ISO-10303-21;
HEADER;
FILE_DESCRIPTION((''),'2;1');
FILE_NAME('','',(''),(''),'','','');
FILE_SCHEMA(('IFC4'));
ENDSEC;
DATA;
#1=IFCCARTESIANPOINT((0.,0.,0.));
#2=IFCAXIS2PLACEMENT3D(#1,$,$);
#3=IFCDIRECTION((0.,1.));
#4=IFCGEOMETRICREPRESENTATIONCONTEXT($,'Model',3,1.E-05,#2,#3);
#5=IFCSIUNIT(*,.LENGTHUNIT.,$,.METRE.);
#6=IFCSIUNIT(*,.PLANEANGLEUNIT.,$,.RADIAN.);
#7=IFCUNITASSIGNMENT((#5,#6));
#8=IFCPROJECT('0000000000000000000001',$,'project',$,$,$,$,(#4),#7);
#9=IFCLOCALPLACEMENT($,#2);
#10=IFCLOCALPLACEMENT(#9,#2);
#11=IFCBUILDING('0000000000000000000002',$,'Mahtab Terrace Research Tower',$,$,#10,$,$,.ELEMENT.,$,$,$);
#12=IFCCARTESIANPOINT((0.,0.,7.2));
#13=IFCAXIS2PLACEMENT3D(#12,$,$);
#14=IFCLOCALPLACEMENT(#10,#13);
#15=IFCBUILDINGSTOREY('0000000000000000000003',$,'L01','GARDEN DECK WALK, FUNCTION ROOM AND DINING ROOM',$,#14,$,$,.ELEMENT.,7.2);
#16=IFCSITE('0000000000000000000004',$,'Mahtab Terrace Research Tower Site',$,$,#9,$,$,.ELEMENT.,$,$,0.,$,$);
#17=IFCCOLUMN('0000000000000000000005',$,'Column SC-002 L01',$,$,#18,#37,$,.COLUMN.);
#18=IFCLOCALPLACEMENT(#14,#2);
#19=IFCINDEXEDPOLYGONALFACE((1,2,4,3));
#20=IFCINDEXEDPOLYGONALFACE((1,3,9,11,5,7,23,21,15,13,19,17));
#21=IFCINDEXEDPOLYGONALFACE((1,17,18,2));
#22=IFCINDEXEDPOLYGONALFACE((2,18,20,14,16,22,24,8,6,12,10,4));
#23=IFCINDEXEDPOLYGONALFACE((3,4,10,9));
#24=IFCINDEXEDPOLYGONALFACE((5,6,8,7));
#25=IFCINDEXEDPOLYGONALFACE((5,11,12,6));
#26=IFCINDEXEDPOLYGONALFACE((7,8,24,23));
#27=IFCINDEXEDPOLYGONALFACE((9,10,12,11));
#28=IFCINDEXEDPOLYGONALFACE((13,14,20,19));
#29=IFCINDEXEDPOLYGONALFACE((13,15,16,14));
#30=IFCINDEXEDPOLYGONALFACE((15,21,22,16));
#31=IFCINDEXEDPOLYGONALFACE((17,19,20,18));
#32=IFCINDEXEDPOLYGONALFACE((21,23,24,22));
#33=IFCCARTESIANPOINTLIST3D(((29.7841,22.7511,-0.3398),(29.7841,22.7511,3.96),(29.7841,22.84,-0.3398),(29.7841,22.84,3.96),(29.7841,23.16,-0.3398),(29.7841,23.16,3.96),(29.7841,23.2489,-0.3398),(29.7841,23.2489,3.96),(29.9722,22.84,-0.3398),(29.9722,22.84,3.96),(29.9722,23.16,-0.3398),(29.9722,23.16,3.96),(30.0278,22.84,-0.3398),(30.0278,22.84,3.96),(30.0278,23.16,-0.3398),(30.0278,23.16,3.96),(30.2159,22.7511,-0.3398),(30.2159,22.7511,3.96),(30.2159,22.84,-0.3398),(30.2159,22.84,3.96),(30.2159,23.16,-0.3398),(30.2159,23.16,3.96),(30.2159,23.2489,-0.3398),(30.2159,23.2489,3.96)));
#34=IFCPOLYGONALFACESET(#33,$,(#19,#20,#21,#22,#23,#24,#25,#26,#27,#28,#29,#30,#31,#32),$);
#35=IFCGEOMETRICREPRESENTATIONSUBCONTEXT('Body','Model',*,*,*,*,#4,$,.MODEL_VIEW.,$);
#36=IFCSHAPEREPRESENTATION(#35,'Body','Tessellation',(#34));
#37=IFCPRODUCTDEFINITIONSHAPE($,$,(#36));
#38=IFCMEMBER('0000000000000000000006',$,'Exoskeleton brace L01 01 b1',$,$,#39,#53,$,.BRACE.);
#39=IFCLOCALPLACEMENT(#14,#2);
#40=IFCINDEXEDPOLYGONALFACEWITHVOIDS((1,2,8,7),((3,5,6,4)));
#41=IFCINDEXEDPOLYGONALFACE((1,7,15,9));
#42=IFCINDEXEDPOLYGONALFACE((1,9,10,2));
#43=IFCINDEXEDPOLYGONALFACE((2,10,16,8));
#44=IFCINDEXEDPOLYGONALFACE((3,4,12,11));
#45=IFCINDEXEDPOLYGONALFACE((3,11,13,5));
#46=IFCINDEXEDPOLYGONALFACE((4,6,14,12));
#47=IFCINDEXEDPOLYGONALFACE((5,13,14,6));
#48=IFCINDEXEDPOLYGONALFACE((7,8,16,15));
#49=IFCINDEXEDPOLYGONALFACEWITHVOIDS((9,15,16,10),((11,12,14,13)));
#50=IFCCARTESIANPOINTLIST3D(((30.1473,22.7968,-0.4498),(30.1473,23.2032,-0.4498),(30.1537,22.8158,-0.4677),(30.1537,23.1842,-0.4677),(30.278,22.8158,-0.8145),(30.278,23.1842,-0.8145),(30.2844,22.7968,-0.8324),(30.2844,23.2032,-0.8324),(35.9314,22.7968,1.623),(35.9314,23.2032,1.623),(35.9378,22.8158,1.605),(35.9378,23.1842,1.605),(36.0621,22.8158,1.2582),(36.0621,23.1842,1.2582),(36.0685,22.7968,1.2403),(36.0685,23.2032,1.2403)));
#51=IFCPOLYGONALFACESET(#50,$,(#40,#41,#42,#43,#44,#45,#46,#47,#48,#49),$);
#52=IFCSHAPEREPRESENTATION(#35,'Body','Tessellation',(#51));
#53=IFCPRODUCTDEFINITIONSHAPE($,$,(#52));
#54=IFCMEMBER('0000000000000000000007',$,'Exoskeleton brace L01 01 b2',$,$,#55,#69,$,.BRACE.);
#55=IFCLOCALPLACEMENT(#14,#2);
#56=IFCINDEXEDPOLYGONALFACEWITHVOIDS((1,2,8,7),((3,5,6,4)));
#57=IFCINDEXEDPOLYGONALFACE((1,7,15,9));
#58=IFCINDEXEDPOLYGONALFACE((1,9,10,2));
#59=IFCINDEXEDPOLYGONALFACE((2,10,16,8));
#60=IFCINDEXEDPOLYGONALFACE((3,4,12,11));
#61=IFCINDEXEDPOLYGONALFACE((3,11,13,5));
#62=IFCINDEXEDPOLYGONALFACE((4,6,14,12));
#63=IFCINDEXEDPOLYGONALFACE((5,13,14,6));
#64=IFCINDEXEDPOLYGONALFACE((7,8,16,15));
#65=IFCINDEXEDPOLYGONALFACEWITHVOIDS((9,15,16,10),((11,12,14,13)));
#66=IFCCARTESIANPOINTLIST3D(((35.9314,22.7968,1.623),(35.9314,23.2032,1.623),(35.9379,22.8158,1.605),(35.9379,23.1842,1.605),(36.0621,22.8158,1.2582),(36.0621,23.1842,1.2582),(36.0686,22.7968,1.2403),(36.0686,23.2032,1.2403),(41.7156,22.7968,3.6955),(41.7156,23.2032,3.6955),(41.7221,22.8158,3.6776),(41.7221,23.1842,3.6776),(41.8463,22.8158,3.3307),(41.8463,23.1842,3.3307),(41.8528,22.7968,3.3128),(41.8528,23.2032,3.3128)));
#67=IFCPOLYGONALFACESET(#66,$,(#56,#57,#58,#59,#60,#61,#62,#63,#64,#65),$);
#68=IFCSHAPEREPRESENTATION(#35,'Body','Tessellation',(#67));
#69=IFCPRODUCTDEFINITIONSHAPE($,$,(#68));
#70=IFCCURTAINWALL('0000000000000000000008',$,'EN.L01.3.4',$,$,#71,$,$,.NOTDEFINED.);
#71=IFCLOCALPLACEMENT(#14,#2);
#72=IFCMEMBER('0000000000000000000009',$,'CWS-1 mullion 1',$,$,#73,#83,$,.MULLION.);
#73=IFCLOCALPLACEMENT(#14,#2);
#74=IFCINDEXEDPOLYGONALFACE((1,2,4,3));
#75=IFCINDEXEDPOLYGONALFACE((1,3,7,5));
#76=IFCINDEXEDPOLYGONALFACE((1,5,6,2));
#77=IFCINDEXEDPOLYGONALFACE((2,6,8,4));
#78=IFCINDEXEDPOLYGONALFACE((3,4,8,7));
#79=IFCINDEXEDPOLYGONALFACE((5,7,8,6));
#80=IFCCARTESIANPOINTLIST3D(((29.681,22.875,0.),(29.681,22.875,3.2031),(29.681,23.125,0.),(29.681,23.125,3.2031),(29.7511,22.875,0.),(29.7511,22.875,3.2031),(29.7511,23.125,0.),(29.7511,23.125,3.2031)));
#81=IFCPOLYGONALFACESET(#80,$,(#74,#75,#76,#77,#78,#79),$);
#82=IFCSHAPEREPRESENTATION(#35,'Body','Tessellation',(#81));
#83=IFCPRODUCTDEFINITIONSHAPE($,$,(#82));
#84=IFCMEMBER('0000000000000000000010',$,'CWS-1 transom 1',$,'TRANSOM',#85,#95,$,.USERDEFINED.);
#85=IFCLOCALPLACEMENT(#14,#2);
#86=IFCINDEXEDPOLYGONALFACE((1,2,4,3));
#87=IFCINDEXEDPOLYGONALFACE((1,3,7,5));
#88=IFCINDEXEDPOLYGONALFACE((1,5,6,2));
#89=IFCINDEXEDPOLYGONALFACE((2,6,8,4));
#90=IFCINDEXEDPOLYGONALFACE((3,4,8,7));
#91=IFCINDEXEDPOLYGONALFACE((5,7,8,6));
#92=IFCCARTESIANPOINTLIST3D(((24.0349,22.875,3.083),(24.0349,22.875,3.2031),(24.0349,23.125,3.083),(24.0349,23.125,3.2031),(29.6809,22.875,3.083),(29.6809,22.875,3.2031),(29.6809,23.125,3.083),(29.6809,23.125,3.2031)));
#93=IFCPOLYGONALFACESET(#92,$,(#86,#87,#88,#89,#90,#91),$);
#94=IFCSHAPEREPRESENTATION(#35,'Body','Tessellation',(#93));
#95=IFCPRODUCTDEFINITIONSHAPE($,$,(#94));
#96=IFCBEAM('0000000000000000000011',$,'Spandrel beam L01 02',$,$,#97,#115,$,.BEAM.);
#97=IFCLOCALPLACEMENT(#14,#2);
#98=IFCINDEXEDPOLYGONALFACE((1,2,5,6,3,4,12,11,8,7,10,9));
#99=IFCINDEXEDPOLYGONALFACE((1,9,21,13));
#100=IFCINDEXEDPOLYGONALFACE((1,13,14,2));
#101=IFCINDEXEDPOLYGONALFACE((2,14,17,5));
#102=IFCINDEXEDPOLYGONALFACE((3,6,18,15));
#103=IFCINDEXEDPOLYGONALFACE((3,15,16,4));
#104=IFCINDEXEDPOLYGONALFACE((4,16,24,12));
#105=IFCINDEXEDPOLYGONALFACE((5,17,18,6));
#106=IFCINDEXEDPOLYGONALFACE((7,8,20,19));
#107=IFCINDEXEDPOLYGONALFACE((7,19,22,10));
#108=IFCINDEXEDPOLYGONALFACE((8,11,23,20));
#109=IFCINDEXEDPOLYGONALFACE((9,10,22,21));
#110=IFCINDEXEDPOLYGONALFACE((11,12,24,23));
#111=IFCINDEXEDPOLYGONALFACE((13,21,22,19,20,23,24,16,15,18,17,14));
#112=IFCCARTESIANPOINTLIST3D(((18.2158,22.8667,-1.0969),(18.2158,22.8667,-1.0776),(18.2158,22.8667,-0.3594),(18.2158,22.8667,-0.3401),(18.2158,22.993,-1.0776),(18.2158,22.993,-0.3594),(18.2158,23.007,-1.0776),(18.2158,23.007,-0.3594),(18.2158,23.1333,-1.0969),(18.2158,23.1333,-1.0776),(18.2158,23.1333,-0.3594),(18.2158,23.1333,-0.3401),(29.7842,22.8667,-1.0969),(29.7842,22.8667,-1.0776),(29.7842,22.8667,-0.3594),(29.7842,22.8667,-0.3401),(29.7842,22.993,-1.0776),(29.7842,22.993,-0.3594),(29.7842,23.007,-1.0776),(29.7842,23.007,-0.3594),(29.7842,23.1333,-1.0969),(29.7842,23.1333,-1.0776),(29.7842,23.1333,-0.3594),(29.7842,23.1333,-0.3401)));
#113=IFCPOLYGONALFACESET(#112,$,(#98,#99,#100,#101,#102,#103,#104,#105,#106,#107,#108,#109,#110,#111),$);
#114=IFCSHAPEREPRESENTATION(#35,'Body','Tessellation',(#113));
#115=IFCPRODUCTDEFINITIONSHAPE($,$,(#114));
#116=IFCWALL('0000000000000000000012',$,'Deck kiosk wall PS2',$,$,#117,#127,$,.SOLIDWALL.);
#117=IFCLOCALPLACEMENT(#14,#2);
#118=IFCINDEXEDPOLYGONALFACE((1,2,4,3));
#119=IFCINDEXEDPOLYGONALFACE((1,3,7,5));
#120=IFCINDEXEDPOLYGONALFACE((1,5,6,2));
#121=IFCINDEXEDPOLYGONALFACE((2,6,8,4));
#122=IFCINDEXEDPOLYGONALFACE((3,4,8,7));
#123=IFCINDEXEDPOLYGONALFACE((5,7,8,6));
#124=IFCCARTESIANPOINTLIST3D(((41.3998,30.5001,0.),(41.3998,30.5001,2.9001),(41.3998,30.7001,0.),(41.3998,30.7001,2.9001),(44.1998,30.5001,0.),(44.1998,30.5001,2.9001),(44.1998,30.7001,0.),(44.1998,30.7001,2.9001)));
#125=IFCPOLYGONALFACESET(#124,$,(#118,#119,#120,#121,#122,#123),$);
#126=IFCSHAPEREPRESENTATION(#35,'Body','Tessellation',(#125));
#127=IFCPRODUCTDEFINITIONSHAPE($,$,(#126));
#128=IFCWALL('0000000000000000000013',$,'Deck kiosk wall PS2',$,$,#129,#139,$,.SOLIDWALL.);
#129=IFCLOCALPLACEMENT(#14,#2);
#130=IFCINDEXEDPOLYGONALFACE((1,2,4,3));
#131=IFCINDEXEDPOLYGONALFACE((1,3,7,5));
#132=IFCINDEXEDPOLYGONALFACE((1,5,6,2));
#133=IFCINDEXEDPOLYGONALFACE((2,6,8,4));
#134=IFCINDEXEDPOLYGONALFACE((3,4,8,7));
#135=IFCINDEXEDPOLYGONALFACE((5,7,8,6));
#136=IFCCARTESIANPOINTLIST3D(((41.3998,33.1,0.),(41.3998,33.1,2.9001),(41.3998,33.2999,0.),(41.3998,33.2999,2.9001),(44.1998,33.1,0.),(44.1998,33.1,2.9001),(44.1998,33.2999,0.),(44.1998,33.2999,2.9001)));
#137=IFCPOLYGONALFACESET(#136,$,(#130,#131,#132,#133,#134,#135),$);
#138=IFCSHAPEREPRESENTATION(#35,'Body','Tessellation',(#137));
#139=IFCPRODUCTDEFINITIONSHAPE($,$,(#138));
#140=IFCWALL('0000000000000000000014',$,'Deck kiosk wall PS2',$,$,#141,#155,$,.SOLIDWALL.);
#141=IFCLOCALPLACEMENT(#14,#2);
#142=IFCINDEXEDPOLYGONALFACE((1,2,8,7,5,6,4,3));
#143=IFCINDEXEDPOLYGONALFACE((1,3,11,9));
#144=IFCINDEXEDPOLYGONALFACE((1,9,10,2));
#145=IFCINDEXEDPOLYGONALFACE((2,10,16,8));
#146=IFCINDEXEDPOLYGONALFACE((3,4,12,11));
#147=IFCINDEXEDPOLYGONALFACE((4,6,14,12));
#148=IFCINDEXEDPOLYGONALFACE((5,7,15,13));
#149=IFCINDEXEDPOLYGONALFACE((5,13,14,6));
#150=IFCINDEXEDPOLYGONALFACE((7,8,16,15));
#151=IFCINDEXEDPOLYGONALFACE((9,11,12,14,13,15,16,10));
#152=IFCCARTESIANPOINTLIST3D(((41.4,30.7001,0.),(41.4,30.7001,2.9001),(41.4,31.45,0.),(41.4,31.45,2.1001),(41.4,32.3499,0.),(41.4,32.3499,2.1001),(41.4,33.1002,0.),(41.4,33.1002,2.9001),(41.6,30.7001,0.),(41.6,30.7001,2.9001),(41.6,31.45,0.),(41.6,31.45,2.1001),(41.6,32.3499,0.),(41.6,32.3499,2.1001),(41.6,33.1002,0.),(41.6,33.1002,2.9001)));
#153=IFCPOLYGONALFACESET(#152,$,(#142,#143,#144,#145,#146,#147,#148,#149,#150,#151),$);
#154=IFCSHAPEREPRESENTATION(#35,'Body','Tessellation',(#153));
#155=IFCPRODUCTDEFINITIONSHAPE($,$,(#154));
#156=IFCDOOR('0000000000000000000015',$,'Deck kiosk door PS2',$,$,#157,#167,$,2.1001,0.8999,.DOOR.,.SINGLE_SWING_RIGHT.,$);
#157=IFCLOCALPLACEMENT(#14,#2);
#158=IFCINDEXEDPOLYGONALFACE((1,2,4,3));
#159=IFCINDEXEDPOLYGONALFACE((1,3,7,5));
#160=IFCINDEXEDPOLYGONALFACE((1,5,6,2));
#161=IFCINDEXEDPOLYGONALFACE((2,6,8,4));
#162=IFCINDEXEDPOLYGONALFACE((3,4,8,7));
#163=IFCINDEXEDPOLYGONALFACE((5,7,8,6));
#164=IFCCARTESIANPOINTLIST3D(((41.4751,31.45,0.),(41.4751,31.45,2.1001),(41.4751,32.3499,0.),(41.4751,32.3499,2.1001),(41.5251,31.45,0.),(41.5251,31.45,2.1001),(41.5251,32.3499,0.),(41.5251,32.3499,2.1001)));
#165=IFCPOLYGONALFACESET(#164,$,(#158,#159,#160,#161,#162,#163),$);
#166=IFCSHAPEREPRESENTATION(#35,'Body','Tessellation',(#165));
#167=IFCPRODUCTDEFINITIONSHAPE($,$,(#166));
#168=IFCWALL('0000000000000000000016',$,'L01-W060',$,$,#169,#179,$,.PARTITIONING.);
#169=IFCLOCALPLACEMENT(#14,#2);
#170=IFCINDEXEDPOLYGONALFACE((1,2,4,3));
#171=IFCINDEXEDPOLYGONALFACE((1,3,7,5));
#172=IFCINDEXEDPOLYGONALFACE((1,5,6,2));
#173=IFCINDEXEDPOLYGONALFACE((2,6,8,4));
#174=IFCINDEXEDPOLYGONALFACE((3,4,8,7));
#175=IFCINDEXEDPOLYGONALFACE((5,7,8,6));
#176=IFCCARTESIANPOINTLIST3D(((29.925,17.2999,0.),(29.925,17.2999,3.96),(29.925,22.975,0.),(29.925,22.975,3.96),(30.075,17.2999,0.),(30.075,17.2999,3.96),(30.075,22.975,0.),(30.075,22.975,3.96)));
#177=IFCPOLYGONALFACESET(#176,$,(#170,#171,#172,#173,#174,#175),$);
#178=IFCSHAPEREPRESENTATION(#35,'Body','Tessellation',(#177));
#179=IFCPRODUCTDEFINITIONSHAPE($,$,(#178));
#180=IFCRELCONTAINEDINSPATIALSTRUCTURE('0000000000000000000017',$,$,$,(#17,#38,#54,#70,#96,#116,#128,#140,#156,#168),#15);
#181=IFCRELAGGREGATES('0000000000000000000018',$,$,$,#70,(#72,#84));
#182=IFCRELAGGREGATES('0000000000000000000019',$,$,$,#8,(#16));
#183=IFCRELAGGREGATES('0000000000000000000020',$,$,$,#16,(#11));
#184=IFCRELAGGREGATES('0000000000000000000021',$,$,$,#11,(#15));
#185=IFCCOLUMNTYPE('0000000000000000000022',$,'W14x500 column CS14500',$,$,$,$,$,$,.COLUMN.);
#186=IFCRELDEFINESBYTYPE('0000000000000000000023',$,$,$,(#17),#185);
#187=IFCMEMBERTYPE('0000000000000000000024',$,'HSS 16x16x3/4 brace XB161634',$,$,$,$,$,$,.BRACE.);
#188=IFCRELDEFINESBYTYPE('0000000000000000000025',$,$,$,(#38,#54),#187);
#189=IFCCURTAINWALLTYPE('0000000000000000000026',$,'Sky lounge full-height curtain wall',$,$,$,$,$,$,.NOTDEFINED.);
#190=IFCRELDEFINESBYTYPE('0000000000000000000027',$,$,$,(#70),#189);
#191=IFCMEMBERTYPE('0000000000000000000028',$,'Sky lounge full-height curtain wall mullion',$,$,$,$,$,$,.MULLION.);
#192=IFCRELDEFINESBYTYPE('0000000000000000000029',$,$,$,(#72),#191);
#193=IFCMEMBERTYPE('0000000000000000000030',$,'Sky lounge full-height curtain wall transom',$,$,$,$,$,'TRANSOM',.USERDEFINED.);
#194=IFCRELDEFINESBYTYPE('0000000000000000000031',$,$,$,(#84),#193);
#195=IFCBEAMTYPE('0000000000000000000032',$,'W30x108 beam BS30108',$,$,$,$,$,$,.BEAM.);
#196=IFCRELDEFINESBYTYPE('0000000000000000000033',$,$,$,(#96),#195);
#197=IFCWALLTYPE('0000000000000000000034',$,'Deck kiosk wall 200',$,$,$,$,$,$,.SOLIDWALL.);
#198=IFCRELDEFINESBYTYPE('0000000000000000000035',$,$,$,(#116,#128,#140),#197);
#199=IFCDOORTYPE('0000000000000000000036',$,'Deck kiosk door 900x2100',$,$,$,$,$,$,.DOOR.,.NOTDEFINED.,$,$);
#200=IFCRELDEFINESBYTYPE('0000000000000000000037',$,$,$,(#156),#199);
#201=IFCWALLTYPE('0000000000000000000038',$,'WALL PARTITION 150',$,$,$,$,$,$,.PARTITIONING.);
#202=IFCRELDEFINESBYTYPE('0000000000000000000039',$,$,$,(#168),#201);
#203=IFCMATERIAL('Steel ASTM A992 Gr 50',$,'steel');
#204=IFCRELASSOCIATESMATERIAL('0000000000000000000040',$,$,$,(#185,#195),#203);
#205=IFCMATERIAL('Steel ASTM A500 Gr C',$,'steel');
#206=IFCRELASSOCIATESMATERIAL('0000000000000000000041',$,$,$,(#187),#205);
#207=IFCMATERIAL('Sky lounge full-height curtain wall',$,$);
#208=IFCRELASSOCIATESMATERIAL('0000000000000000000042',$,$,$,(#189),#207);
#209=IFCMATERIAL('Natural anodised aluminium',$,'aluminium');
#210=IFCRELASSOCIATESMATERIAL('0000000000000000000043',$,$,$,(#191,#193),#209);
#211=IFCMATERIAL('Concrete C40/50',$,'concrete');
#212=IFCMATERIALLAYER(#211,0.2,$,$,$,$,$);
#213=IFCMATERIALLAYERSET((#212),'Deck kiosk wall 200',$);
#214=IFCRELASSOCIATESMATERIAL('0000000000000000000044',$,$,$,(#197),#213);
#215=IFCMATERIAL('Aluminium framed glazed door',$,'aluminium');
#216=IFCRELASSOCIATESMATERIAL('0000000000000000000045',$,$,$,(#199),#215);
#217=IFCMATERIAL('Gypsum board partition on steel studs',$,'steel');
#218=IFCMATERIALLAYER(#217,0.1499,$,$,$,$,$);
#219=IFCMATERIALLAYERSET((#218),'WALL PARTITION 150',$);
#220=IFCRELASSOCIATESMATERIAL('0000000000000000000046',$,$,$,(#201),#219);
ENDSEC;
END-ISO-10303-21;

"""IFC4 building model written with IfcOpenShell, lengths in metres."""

from ifc_helpers import new_model, si_unit, direction, frame, frame_2d, origin, origin_2d, place, context, subcontext, project, spatial, rectangle, hollow_rectangle, i_section, extrude, material, layer, layer_set, material_profile, profile_set, type_object, element, fill, aggregate, save


model = new_model("IFC4")

# Units and contexts
model_context = context("Model", 3, precision=1e-05, world=origin(), true_north=direction((0.0, 1.0)))
body_context = subcontext(model_context, "Body", "Model", "MODEL_VIEW")
ifc_project = project(units=[si_unit("LENGTHUNIT", "METRE"), si_unit("PLANEANGLEUNIT", "RADIAN")], contexts=[model_context])

# Site, building, storey
site_placement = place(None, origin())
site = spatial("IfcSite", under=ifc_project, at=site_placement, Name="Mahtab Terrace Research Tower Site", CompositionType="ELEMENT", RefElevation=0.0)
building_placement = place(site_placement, origin())
building = spatial("IfcBuilding", under=site, at=building_placement, Name="Mahtab Terrace Research Tower", CompositionType="ELEMENT")
storey_placement = place(building_placement, frame((0.0, 0.0, 7.2)))
storey = spatial("IfcBuildingStorey", under=building, at=storey_placement, Name="L01", Description="GARDEN DECK WALK, FUNCTION ROOM AND DINING ROOM", CompositionType="ELEMENT", Elevation=7.2)

# Column
ifc_material_1 = material(Name="Steel ASTM A992 Gr 50", Category="steel")
ifc_material_profile_1 = material_profile(ifc_material_1, i_section(OverallWidth=0.4319, OverallDepth=0.4978, WebThickness=0.0557, FlangeThickness=0.0889, at=origin_2d()), Name="W14X500")
ifc_profile_set_1 = profile_set([ifc_material_profile_1], Name="Steel ASTM A992 Gr 50")
column_type = type_object("IfcColumnType", Name="W14x500 column CS14500", PredefinedType="COLUMN", material=ifc_profile_set_1)
column_placement = place(storey_placement, frame((30.0, 23.0, -0.3398), z_axis=(0.0, 0.0, 1.0), x_axis=(1.0, 0.0, 0.0)))
element("IfcColumn", 1, at=column_placement, inside=storey, type_object=column_type, Name="Column SC-002 L01", PredefinedType="COLUMN", context=body_context, shape_type="SweptSolid", body=[
    extrude(i_section(OverallWidth=0.4319, OverallDepth=0.4978, WebThickness=0.0557, FlangeThickness=0.0889, at=origin_2d()), origin(), (0.0, 0.0, 1.0), 4.2998),
])

# Members
ifc_material_2 = material(Name="Steel ASTM A500 Gr C", Category="steel")
ifc_material_profile_2 = material_profile(ifc_material_2, hollow_rectangle(XDim=0.4065, YDim=0.4065, WallThickness=0.019, at=origin_2d()), Name="HSS16X16X3/4")
ifc_profile_set_2 = profile_set([ifc_material_profile_2], Name="Steel ASTM A500 Gr C")
member_type_1 = type_object("IfcMemberType", Name="HSS 16x16x3/4 brace XB161634", PredefinedType="BRACE", material=ifc_profile_set_2)
for number, where, z_axis, x_axis, name in (
    (2, (30.2158, 23.0, -0.6411), (0.941382, 0.0, 0.337343), (0.0, 1.0, 0.0), "Exoskeleton brace L01 01 b1"),
    (3, (36.0, 23.0, 1.4316), (0.941394, 0.0, 0.337308), (0.0, 1.0, 0.0), "Exoskeleton brace L01 01 b2"),
):
    element("IfcMember", number, at=place(storey_placement, frame(where, z_axis=z_axis, x_axis=x_axis)), inside=storey, type_object=member_type_1, Name=name, PredefinedType="BRACE", context=body_context, shape_type="SweptSolid", body=[
        extrude(hollow_rectangle(XDim=0.4065, YDim=0.4065, WallThickness=0.019, at=origin_2d()), origin(), (0.0, 0.0, 1.0), 6.1443),
    ])

# Curtain wall, members
ifc_material_3 = material(Name="Sky lounge full-height curtain wall")
curtain_wall_type = type_object("IfcCurtainWallType", Name="Sky lounge full-height curtain wall", PredefinedType="NOTDEFINED", material=ifc_material_3)
curtain_wall_placement = place(storey_placement, origin())
curtain_wall = element("IfcCurtainWall", 4, at=curtain_wall_placement, inside=storey, type_object=curtain_wall_type, Name="EN.L01.3.4", PredefinedType="NOTDEFINED")
ifc_material_4 = material(Name="Natural anodised aluminium", Category="aluminium")
ifc_material_profile_3 = material_profile(ifc_material_4, rectangle(XDim=0.25, YDim=0.0701, at=origin_2d()), Name="MULLION 70x250")
ifc_profile_set_3 = profile_set([ifc_material_profile_3], Name="Natural anodised aluminium")
member_type_2 = type_object("IfcMemberType", Name="Sky lounge full-height curtain wall mullion", PredefinedType="MULLION", material=ifc_profile_set_3)
member_1_placement = place(storey_placement, frame((29.7161, 23.0, 0.0), z_axis=(0.0, 0.0, 1.0), x_axis=(0.0, -1.0, 0.0)))
member_1 = element("IfcMember", 5, at=member_1_placement, type_object=member_type_2, Name="CWS-1 mullion 1", PredefinedType="MULLION", context=body_context, shape_type="SweptSolid", body=[
    extrude(rectangle(XDim=0.25, YDim=0.0701, at=origin_2d()), origin(), (0.0, 0.0, 1.0), 3.2031),
])
ifc_material_profile_4 = material_profile(ifc_material_4, rectangle(XDim=0.25, YDim=0.1201, at=origin_2d()), Name="TRANSOM 120x250")
ifc_profile_set_4 = profile_set([ifc_material_profile_4], Name="Natural anodised aluminium")
member_type_3 = type_object("IfcMemberType", Name="Sky lounge full-height curtain wall transom", ElementType="TRANSOM", PredefinedType="USERDEFINED", material=ifc_profile_set_4)
member_2_placement = place(storey_placement, frame((29.6809, 23.0, 3.1431), z_axis=(-1.0, 0.0, 0.0), x_axis=(0.0, -1.0, 0.0)))
member_2 = element("IfcMember", 6, at=member_2_placement, type_object=member_type_3, Name="CWS-1 transom 1", ObjectType="TRANSOM", PredefinedType="USERDEFINED", context=body_context, shape_type="SweptSolid", body=[
    extrude(rectangle(XDim=0.25, YDim=0.1201, at=origin_2d()), origin(), (0.0, 0.0, 1.0), 5.646),
])
aggregate(curtain_wall, [member_1, member_2])

# Beam
ifc_material_profile_5 = material_profile(ifc_material_1, i_section(OverallWidth=0.2666, OverallDepth=0.7568, WebThickness=0.0139, FlangeThickness=0.0193, at=origin_2d()), Name="W30X108")
ifc_profile_set_5 = profile_set([ifc_material_profile_5], Name="Steel ASTM A992 Gr 50")
beam_type = type_object("IfcBeamType", Name="W30x108 beam BS30108", PredefinedType="BEAM", material=ifc_profile_set_5)
beam_placement = place(storey_placement, frame((29.7842, 23.0, -0.7185), z_axis=(-1.0, 0.0, 0.0), x_axis=(0.0, -1.0, 0.0)))
element("IfcBeam", 7, at=beam_placement, inside=storey, type_object=beam_type, Name="Spandrel beam L01 02", PredefinedType="BEAM", context=body_context, shape_type="SweptSolid", body=[
    extrude(i_section(OverallWidth=0.2666, OverallDepth=0.7568, WebThickness=0.0139, FlangeThickness=0.0193, at=origin_2d()), origin(), (0.0, 0.0, 1.0), 11.5684),
])

# Walls
ifc_material_5 = material(Name="Concrete C40/50", Category="concrete")
ifc_layer_1 = layer(ifc_material_5, 0.2)
ifc_layer_set_1 = layer_set([ifc_layer_1], Name="Deck kiosk wall 200")
wall_type_1 = type_object("IfcWallType", Name="Deck kiosk wall 200", PredefinedType="SOLIDWALL", material=ifc_layer_set_1)
for number, where, z_axis, x_axis, name in (
    (8, (41.3999, 30.6001, 0.0), (0.0, 0.0, 1.0), (1.0, 0.0, 0.0), "Deck kiosk wall PS2"),
    (9, (41.3999, 33.2, 0.0), (0.0, 0.0, 1.0), (1.0, 0.0, 0.0), "Deck kiosk wall PS2"),
):
    element("IfcWall", number, at=place(storey_placement, frame(where, z_axis=z_axis, x_axis=x_axis)), inside=storey, type_object=wall_type_1, Name=name, PredefinedType="SOLIDWALL", context=body_context, shape_type="SweptSolid", body=[
        extrude(rectangle(XDim=2.8, YDim=0.2, at=frame_2d((1.3999, 0.0))), origin(), (0.0, 0.0, 1.0), 2.9001),
    ])

# Wall, opening, door
wall_1_placement = place(storey_placement, frame((41.5, 30.7, 0.0), z_axis=(0.0, 0.0, 1.0), x_axis=(0.0, 1.0, 0.0)))
wall_1 = element("IfcWall", 10, at=wall_1_placement, inside=storey, type_object=wall_type_1, Name="Deck kiosk wall PS2", PredefinedType="SOLIDWALL", context=body_context, shape_type="SweptSolid", body=[
    extrude(rectangle(XDim=2.4001, YDim=0.2, at=frame_2d((1.2002, 0.0))), origin(), (0.0, 0.0, 1.0), 2.9001),
])
opening_placement = place(wall_1_placement, frame((0.75, 0.0, 0.0)))
opening = element("IfcOpeningElement", 11, at=opening_placement, cuts=wall_1, PredefinedType="OPENING", context=body_context, shape_type="SweptSolid", body=[
    extrude(rectangle(XDim=0.8999, YDim=2.1001, at=frame_2d((0.45, 1.05))), frame((0.0, 0.1099, 0.0), z_axis=(0.0, -1.0, 0.0), x_axis=(1.0, 0.0, 0.0)), (0.0, 0.0, 1.0), 0.22),
])
ifc_material_6 = material(Name="Aluminium framed glazed door", Category="aluminium")
door_type = type_object("IfcDoorType", Name="Deck kiosk door 900x2100", OperationType="NOTDEFINED", PredefinedType="DOOR", material=ifc_material_6)
door_placement = place(opening_placement, origin())
door = element("IfcDoor", 12, at=door_placement, inside=storey, type_object=door_type, Name="Deck kiosk door PS2", OperationType="SINGLE_SWING_RIGHT", OverallHeight=2.1001, OverallWidth=0.8999, PredefinedType="DOOR", context=body_context, shape_type="SweptSolid", body=[
    extrude(rectangle(XDim=0.8999, YDim=2.1001, at=frame_2d((0.45, 1.05))), frame((0.0, 0.0249, 0.0), z_axis=(0.0, -1.0, 0.0), x_axis=(1.0, 0.0, 0.0)), (0.0, 0.0, 1.0), 0.05),
])
fill(opening, door)

# Wall
ifc_material_7 = material(Name="Gypsum board partition on steel studs", Category="steel")
ifc_layer_2 = layer(ifc_material_7, 0.1499)
ifc_layer_set_2 = layer_set([ifc_layer_2], Name="WALL PARTITION 150")
wall_type_2 = type_object("IfcWallType", Name="WALL PARTITION 150", PredefinedType="PARTITIONING", material=ifc_layer_set_2)
wall_2_placement = place(storey_placement, frame((30.0, 17.3, 0.0), z_axis=(0.0, 0.0, 1.0), x_axis=(0.0, 1.0, 0.0)))
element("IfcWall", 13, at=wall_2_placement, inside=storey, type_object=wall_type_2, Name="L01-W060", PredefinedType="PARTITIONING", context=body_context, shape_type="SweptSolid", body=[
    extrude(rectangle(XDim=5.675, YDim=0.1499, at=frame_2d((2.8374, 0.0))), origin(), (0.0, 0.0, 1.0), 3.96),
])

save(model, "model.ifc")
